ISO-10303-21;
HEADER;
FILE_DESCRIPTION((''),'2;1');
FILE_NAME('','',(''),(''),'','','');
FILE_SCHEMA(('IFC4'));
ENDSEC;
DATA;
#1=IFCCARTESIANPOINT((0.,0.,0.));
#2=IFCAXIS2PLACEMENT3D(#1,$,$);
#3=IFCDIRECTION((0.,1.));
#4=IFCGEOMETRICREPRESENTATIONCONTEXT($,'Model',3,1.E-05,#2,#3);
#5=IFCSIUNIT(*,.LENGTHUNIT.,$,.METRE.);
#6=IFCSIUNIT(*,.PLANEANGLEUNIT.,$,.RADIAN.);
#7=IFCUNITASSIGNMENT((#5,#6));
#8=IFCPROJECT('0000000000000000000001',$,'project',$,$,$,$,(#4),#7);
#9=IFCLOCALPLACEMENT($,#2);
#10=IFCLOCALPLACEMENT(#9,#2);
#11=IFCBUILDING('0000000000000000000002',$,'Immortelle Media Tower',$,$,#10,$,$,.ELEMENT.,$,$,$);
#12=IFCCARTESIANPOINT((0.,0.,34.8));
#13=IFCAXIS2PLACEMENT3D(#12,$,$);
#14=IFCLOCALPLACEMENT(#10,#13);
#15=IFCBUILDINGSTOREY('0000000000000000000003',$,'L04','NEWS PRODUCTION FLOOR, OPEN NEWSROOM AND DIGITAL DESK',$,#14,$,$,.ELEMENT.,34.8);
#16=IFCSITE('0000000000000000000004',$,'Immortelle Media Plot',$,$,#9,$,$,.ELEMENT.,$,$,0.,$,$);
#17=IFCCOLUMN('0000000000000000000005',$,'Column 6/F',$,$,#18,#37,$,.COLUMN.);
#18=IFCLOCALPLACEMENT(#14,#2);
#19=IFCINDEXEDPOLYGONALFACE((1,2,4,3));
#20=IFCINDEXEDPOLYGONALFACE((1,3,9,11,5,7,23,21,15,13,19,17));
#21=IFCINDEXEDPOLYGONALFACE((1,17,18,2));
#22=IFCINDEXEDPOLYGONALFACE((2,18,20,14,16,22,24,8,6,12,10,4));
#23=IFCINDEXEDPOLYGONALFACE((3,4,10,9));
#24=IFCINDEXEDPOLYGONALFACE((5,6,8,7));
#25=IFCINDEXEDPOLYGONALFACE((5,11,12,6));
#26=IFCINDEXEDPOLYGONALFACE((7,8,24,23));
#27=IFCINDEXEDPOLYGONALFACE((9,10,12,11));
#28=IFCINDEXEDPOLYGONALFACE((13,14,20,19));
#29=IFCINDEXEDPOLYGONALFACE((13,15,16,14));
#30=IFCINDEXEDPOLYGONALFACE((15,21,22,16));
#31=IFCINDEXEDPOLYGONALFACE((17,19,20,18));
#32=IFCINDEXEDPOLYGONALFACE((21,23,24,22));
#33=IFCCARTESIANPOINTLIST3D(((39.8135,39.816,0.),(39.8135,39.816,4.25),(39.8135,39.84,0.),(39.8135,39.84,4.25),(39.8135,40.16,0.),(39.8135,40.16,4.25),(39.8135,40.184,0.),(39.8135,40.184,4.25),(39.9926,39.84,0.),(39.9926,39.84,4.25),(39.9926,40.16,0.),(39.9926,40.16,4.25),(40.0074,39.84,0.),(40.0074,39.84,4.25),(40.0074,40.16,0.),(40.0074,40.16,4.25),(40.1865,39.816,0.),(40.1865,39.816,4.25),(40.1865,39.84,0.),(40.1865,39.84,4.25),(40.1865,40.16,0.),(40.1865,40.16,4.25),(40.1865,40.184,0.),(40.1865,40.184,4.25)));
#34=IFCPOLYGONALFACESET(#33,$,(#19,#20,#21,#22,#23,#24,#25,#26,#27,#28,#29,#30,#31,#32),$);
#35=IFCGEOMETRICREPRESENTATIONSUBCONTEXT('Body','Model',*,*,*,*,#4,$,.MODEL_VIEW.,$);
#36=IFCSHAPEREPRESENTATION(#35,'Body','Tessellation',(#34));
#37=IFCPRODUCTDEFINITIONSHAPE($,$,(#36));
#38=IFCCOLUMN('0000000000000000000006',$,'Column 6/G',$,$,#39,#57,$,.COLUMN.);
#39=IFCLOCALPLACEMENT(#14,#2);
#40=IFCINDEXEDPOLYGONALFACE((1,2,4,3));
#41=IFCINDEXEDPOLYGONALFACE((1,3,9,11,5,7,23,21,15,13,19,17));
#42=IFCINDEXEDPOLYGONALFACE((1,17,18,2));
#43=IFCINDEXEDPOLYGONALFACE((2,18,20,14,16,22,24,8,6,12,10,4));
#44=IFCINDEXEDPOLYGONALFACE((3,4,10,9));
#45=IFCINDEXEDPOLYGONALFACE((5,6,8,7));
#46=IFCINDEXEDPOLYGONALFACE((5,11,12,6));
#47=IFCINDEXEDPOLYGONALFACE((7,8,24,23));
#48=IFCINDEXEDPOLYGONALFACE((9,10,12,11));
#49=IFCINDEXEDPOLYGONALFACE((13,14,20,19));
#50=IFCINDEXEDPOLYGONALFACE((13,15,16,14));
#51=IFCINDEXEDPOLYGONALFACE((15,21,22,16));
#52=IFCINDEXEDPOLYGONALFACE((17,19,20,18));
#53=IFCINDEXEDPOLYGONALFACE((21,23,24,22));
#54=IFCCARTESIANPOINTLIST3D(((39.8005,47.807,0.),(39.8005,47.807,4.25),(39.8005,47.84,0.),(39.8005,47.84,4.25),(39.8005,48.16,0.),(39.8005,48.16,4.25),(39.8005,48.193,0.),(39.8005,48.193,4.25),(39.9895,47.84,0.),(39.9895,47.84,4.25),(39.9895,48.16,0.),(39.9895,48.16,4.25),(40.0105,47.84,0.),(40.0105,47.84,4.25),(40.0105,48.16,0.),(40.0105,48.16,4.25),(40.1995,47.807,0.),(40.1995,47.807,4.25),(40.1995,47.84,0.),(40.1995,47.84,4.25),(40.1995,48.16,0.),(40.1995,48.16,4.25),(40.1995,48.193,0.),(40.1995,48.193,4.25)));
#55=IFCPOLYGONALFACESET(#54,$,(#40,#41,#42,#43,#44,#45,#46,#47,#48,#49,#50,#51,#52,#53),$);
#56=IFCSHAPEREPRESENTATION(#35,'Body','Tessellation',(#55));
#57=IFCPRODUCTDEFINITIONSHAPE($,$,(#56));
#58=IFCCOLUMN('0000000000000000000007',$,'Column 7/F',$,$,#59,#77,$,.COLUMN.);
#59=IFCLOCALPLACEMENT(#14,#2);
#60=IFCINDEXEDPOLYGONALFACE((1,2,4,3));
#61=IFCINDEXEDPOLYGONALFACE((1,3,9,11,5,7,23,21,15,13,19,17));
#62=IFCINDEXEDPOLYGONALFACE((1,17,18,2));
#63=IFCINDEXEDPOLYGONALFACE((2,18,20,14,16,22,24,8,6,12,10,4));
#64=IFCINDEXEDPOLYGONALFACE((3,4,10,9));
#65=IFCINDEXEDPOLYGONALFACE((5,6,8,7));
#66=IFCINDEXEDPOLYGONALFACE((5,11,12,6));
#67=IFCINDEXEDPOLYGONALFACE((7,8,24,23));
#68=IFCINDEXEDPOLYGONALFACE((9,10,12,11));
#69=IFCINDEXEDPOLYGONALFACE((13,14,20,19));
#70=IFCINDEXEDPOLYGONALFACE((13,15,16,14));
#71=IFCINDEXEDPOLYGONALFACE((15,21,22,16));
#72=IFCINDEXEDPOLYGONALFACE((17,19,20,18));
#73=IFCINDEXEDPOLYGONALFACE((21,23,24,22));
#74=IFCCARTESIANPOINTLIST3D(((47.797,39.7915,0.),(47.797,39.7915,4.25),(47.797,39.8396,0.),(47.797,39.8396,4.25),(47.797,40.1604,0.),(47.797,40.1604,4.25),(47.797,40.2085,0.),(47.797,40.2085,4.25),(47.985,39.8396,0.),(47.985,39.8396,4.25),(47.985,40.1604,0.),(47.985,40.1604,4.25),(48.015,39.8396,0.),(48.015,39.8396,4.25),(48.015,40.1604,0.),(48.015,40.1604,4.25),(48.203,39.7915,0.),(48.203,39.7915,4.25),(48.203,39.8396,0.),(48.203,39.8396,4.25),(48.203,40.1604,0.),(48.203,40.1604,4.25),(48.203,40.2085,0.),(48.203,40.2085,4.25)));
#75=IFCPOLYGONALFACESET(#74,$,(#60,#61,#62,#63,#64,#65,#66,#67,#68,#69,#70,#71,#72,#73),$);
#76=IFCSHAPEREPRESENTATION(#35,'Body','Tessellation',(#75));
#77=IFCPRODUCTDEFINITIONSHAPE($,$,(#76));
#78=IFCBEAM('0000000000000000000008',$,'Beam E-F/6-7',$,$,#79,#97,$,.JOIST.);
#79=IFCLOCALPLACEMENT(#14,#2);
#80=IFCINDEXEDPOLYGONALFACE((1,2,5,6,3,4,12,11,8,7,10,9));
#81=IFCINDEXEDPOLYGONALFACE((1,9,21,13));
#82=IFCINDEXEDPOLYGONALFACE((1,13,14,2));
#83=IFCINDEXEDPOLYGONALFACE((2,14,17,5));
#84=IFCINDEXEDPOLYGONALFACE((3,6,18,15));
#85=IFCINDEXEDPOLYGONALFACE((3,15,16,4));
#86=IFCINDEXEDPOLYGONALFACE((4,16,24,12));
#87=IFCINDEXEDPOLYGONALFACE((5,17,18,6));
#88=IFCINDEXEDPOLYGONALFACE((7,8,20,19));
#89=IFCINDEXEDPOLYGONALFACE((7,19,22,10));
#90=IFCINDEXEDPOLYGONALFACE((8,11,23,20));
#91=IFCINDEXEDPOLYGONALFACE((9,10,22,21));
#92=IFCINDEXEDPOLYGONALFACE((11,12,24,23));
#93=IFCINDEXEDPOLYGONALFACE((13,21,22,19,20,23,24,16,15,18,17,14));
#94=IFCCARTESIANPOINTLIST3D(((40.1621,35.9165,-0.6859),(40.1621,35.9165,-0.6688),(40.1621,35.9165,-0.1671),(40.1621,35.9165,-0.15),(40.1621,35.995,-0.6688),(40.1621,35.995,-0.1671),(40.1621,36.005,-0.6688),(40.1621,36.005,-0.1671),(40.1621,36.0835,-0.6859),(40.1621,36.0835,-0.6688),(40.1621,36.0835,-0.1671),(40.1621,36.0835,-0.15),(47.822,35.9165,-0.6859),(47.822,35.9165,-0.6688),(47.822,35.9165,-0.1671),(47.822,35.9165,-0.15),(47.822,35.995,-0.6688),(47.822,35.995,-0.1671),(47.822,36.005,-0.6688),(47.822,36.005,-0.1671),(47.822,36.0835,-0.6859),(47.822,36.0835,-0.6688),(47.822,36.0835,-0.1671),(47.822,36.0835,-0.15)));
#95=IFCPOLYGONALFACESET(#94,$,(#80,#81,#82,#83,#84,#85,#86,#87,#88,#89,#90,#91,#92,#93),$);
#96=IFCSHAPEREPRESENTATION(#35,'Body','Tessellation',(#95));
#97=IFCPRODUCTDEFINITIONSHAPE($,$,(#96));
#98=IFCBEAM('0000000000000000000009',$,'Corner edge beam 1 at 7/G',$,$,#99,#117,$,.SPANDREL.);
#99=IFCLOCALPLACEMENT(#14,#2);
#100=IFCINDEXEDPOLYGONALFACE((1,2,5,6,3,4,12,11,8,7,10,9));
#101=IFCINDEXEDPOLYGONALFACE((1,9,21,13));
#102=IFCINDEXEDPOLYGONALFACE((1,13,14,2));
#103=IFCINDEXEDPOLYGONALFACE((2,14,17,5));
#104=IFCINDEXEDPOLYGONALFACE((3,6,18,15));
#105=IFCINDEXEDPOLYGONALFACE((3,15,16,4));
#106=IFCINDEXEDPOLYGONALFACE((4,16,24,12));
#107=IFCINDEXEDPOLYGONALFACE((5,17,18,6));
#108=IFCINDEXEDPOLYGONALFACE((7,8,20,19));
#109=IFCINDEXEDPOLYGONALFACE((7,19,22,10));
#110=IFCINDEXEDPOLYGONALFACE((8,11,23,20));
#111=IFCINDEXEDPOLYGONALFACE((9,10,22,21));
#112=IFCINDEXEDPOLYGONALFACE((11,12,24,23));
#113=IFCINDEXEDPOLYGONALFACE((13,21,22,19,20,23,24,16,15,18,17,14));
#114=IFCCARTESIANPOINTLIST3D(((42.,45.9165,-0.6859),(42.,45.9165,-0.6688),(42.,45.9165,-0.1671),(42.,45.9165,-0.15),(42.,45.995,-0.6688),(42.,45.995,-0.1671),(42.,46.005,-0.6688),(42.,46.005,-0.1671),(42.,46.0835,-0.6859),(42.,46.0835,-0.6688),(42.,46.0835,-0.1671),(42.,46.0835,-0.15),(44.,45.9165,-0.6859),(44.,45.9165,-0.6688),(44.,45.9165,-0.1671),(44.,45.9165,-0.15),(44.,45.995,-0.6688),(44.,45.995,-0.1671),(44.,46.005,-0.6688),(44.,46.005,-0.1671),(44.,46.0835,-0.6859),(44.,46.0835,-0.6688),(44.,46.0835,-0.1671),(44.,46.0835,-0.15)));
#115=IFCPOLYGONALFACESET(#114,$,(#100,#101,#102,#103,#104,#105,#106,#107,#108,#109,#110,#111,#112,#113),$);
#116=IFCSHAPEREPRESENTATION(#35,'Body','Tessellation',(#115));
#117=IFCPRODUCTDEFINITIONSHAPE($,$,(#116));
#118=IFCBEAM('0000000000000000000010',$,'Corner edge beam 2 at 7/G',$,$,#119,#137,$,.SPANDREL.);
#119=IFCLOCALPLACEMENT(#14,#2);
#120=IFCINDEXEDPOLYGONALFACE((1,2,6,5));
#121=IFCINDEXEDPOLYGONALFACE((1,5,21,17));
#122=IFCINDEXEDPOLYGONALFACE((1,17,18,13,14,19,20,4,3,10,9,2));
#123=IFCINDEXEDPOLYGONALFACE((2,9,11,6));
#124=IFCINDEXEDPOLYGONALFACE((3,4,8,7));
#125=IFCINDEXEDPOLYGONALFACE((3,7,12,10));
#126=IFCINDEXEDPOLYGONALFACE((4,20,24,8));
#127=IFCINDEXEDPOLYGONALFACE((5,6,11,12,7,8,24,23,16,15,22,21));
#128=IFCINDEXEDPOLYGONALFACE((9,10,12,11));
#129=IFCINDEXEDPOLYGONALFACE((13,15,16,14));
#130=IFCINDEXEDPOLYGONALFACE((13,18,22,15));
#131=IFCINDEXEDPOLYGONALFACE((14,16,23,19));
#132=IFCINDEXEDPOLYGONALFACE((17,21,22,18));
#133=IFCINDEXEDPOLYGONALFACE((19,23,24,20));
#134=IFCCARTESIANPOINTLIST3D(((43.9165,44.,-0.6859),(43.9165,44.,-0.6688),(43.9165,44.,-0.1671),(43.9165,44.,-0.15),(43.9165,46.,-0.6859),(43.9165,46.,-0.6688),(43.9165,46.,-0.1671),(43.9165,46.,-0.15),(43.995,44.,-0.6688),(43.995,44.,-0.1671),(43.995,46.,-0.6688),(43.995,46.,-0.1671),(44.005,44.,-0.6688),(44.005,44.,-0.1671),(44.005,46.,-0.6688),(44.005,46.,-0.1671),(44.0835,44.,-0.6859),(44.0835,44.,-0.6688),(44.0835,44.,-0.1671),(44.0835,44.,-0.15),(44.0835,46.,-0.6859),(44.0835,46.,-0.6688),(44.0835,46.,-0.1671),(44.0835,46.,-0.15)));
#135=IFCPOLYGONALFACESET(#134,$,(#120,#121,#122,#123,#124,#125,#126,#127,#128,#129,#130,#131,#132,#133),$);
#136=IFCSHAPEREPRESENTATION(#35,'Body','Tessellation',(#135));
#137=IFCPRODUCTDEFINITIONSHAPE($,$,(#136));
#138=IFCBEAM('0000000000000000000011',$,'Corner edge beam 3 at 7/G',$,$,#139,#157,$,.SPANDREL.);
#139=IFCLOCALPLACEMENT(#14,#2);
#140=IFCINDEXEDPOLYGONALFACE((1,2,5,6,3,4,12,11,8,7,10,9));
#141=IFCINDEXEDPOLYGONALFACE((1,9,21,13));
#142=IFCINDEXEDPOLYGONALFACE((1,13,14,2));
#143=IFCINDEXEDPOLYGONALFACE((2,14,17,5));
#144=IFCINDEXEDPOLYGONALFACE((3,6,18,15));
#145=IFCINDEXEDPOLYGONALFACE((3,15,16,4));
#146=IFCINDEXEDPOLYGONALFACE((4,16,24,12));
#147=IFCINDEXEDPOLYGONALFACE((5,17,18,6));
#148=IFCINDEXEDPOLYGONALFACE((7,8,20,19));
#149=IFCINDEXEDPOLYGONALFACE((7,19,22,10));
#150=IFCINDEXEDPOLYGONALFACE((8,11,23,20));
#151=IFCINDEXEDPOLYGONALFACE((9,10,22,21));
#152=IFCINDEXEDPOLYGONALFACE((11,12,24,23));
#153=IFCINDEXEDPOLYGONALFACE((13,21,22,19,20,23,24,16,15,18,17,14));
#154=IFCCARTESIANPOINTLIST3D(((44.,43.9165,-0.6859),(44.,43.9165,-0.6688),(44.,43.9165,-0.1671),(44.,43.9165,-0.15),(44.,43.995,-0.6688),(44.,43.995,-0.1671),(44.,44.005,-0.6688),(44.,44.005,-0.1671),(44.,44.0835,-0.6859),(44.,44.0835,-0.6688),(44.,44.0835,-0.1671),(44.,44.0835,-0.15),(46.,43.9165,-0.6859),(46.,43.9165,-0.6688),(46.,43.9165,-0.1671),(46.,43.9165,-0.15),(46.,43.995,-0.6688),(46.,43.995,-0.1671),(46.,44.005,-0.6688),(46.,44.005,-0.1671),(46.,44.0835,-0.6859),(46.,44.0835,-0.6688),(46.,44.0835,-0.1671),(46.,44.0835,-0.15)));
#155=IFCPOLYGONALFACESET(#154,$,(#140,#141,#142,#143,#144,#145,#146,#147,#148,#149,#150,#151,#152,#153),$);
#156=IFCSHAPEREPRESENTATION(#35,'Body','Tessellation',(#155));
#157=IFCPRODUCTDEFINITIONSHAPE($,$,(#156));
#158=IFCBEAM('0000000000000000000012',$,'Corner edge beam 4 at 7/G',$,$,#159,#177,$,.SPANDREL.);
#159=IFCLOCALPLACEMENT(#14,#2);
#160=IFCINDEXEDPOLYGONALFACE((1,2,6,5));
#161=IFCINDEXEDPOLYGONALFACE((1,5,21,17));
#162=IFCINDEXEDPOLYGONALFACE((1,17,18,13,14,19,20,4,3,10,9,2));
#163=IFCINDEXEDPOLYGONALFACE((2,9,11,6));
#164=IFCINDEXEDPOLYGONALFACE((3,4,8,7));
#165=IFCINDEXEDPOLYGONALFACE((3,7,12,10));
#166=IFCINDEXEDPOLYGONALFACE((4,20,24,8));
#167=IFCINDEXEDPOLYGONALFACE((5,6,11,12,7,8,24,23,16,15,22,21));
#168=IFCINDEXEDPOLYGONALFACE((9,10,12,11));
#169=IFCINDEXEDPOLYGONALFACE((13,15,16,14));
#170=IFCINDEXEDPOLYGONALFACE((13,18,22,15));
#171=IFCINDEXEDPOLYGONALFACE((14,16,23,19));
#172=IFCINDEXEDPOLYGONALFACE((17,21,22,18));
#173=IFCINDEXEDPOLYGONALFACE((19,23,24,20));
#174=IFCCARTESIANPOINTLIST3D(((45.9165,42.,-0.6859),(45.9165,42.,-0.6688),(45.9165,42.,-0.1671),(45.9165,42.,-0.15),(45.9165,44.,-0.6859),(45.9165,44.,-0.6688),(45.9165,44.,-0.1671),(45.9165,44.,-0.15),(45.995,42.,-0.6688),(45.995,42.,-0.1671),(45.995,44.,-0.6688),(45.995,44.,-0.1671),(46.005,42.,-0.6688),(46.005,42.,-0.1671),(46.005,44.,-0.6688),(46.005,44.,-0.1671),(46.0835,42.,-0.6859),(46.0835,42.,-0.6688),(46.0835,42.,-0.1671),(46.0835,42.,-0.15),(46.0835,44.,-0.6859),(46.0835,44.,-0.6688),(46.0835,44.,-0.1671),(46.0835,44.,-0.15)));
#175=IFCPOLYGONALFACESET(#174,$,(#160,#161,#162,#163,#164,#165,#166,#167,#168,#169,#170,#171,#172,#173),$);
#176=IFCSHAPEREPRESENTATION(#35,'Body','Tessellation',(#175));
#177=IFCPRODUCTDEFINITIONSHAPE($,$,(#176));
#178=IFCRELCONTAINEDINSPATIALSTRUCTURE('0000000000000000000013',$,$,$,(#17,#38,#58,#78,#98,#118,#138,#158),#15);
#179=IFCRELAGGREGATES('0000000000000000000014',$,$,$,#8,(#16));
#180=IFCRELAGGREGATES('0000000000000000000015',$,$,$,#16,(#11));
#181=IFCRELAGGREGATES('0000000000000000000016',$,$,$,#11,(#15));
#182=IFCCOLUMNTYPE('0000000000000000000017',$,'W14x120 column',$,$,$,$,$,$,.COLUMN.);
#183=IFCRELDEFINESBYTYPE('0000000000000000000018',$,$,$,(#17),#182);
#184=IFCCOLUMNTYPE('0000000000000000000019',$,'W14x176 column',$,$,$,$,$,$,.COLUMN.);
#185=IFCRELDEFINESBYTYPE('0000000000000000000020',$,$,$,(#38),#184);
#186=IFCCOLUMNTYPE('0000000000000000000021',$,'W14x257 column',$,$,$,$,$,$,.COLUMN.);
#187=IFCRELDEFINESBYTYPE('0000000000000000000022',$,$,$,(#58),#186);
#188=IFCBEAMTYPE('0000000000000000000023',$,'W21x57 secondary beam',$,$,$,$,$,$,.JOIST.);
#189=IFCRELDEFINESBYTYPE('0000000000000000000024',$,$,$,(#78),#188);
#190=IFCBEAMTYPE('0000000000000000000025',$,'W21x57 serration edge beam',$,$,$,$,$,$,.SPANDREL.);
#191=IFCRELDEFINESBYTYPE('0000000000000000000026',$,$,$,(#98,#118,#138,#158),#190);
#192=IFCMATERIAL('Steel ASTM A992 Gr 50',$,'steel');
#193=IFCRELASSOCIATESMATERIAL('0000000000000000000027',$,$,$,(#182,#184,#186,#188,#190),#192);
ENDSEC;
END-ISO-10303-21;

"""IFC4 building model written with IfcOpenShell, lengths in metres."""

from ifc_helpers import new_model, si_unit, direction, frame, origin, origin_2d, place, context, subcontext, project, spatial, i_section, extrude, material, material_profile, profile_set, type_object, element, save


model = new_model("IFC4")

# Units and contexts
model_context = context("Model", 3, precision=1e-05, world=origin(), true_north=direction((0.0, 1.0)))
body_context = subcontext(model_context, "Body", "Model", "MODEL_VIEW")
ifc_project = project(units=[si_unit("LENGTHUNIT", "METRE"), si_unit("PLANEANGLEUNIT", "RADIAN")], contexts=[model_context])

# Site, building, storey
site_placement = place(None, origin())
site = spatial("IfcSite", under=ifc_project, at=site_placement, Name="Immortelle Media Plot", CompositionType="ELEMENT", RefElevation=0.0)
building_placement = place(site_placement, origin())
building = spatial("IfcBuilding", under=site, at=building_placement, Name="Immortelle Media Tower", CompositionType="ELEMENT")
storey_placement = place(building_placement, frame((0.0, 0.0, 34.8)))
storey = spatial("IfcBuildingStorey", under=building, at=storey_placement, Name="L04", Description="NEWS PRODUCTION FLOOR, OPEN NEWSROOM AND DIGITAL DESK", CompositionType="ELEMENT", Elevation=34.8)

# Columns
ifc_material_1 = material(Name="Steel ASTM A992 Gr 50", Category="steel")
ifc_material_profile_1 = material_profile(ifc_material_1, i_section(OverallWidth=0.373, OverallDepth=0.3679, WebThickness=0.0149, FlangeThickness=0.0239, at=origin_2d()), Name="W14x120")
ifc_profile_set_1 = profile_set([ifc_material_profile_1], Name="Steel ASTM A992 Gr 50")
column_type_1 = type_object("IfcColumnType", Name="W14x120 column", PredefinedType="COLUMN", material=ifc_profile_set_1)
column_1_placement = place(storey_placement, frame((40.0, 40.0, 0.0), z_axis=(0.0, 0.0, 1.0), x_axis=(1.0, 0.0, 0.0)))
element("IfcColumn", 1, at=column_1_placement, inside=storey, type_object=column_type_1, Name="Column 6/F", PredefinedType="COLUMN", context=body_context, shape_type="SweptSolid", body=[
    extrude(i_section(OverallWidth=0.373, OverallDepth=0.3679, WebThickness=0.0149, FlangeThickness=0.0239, at=origin_2d()), origin(), (0.0, 0.0, 1.0), 4.25),
])
ifc_material_profile_2 = material_profile(ifc_material_1, i_section(OverallWidth=0.3989, OverallDepth=0.386, WebThickness=0.021, FlangeThickness=0.033, at=origin_2d()), Name="W14x176")
ifc_profile_set_2 = profile_set([ifc_material_profile_2], Name="Steel ASTM A992 Gr 50")
column_type_2 = type_object("IfcColumnType", Name="W14x176 column", PredefinedType="COLUMN", material=ifc_profile_set_2)
column_2_placement = place(storey_placement, frame((40.0, 48.0, 0.0), z_axis=(0.0, 0.0, 1.0), x_axis=(1.0, 0.0, 0.0)))
element("IfcColumn", 2, at=column_2_placement, inside=storey, type_object=column_type_2, Name="Column 6/G", PredefinedType="COLUMN", context=body_context, shape_type="SweptSolid", body=[
    extrude(i_section(OverallWidth=0.3989, OverallDepth=0.386, WebThickness=0.021, FlangeThickness=0.033, at=origin_2d()), origin(), (0.0, 0.0, 1.0), 4.25),
])
ifc_material_profile_3 = material_profile(ifc_material_1, i_section(OverallWidth=0.406, OverallDepth=0.417, WebThickness=0.03, FlangeThickness=0.0481, at=origin_2d()), Name="W14x257")
ifc_profile_set_3 = profile_set([ifc_material_profile_3], Name="Steel ASTM A992 Gr 50")
column_type_3 = type_object("IfcColumnType", Name="W14x257 column", PredefinedType="COLUMN", material=ifc_profile_set_3)
column_3_placement = place(storey_placement, frame((48.0, 40.0, 0.0), z_axis=(0.0, 0.0, 1.0), x_axis=(1.0, 0.0, 0.0)))
element("IfcColumn", 3, at=column_3_placement, inside=storey, type_object=column_type_3, Name="Column 7/F", PredefinedType="COLUMN", context=body_context, shape_type="SweptSolid", body=[
    extrude(i_section(OverallWidth=0.406, OverallDepth=0.417, WebThickness=0.03, FlangeThickness=0.0481, at=origin_2d()), origin(), (0.0, 0.0, 1.0), 4.25),
])

# Beams
ifc_material_profile_4 = material_profile(ifc_material_1, i_section(OverallWidth=0.167, OverallDepth=0.5359, WebThickness=0.01, FlangeThickness=0.0171, at=origin_2d()), Name="W21x57")
ifc_profile_set_4 = profile_set([ifc_material_profile_4], Name="Steel ASTM A992 Gr 50")
beam_type_1 = type_object("IfcBeamType", Name="W21x57 secondary beam", PredefinedType="JOIST", material=ifc_profile_set_4)
beam_1_placement = place(storey_placement, frame((40.1621, 36.0, -0.418), z_axis=(1.0, 0.0, 0.0), x_axis=(0.0, 1.0, 0.0)))
element("IfcBeam", 4, at=beam_1_placement, inside=storey, type_object=beam_type_1, Name="Beam E-F/6-7", PredefinedType="JOIST", context=body_context, shape_type="SweptSolid", body=[
    extrude(i_section(OverallWidth=0.167, OverallDepth=0.5359, WebThickness=0.01, FlangeThickness=0.0171, at=origin_2d()), origin(), (0.0, 0.0, 1.0), 7.6599),
])
ifc_material_profile_5 = material_profile(ifc_material_1, i_section(OverallWidth=0.167, OverallDepth=0.5359, WebThickness=0.01, FlangeThickness=0.0171, at=origin_2d()), Name="W21x57")
ifc_profile_set_5 = profile_set([ifc_material_profile_5], Name="Steel ASTM A992 Gr 50")
beam_type_2 = type_object("IfcBeamType", Name="W21x57 serration edge beam", PredefinedType="SPANDREL", material=ifc_profile_set_5)
for number, where, z_axis, x_axis, name in (
    (5, (42.0, 46.0, -0.418), (1.0, 0.0, 0.0), (0.0, 1.0, 0.0), "Corner edge beam 1 at 7/G"),
    (6, (44.0, 46.0, -0.418), (0.0, -1.0, 0.0), (1.0, 0.0, 0.0), "Corner edge beam 2 at 7/G"),
    (7, (44.0, 44.0, -0.418), (1.0, 0.0, 0.0), (0.0, 1.0, 0.0), "Corner edge beam 3 at 7/G"),
    (8, (46.0, 44.0, -0.418), (0.0, -1.0, 0.0), (1.0, 0.0, 0.0), "Corner edge beam 4 at 7/G"),
):
    element("IfcBeam", number, at=place(storey_placement, frame(where, z_axis=z_axis, x_axis=x_axis)), inside=storey, type_object=beam_type_2, Name=name, PredefinedType="SPANDREL", context=body_context, shape_type="SweptSolid", body=[
        extrude(i_section(OverallWidth=0.167, OverallDepth=0.5359, WebThickness=0.01, FlangeThickness=0.0171, at=origin_2d()), origin(), (0.0, 0.0, 1.0), 2.0),
    ])

save(model, "model.ifc")
